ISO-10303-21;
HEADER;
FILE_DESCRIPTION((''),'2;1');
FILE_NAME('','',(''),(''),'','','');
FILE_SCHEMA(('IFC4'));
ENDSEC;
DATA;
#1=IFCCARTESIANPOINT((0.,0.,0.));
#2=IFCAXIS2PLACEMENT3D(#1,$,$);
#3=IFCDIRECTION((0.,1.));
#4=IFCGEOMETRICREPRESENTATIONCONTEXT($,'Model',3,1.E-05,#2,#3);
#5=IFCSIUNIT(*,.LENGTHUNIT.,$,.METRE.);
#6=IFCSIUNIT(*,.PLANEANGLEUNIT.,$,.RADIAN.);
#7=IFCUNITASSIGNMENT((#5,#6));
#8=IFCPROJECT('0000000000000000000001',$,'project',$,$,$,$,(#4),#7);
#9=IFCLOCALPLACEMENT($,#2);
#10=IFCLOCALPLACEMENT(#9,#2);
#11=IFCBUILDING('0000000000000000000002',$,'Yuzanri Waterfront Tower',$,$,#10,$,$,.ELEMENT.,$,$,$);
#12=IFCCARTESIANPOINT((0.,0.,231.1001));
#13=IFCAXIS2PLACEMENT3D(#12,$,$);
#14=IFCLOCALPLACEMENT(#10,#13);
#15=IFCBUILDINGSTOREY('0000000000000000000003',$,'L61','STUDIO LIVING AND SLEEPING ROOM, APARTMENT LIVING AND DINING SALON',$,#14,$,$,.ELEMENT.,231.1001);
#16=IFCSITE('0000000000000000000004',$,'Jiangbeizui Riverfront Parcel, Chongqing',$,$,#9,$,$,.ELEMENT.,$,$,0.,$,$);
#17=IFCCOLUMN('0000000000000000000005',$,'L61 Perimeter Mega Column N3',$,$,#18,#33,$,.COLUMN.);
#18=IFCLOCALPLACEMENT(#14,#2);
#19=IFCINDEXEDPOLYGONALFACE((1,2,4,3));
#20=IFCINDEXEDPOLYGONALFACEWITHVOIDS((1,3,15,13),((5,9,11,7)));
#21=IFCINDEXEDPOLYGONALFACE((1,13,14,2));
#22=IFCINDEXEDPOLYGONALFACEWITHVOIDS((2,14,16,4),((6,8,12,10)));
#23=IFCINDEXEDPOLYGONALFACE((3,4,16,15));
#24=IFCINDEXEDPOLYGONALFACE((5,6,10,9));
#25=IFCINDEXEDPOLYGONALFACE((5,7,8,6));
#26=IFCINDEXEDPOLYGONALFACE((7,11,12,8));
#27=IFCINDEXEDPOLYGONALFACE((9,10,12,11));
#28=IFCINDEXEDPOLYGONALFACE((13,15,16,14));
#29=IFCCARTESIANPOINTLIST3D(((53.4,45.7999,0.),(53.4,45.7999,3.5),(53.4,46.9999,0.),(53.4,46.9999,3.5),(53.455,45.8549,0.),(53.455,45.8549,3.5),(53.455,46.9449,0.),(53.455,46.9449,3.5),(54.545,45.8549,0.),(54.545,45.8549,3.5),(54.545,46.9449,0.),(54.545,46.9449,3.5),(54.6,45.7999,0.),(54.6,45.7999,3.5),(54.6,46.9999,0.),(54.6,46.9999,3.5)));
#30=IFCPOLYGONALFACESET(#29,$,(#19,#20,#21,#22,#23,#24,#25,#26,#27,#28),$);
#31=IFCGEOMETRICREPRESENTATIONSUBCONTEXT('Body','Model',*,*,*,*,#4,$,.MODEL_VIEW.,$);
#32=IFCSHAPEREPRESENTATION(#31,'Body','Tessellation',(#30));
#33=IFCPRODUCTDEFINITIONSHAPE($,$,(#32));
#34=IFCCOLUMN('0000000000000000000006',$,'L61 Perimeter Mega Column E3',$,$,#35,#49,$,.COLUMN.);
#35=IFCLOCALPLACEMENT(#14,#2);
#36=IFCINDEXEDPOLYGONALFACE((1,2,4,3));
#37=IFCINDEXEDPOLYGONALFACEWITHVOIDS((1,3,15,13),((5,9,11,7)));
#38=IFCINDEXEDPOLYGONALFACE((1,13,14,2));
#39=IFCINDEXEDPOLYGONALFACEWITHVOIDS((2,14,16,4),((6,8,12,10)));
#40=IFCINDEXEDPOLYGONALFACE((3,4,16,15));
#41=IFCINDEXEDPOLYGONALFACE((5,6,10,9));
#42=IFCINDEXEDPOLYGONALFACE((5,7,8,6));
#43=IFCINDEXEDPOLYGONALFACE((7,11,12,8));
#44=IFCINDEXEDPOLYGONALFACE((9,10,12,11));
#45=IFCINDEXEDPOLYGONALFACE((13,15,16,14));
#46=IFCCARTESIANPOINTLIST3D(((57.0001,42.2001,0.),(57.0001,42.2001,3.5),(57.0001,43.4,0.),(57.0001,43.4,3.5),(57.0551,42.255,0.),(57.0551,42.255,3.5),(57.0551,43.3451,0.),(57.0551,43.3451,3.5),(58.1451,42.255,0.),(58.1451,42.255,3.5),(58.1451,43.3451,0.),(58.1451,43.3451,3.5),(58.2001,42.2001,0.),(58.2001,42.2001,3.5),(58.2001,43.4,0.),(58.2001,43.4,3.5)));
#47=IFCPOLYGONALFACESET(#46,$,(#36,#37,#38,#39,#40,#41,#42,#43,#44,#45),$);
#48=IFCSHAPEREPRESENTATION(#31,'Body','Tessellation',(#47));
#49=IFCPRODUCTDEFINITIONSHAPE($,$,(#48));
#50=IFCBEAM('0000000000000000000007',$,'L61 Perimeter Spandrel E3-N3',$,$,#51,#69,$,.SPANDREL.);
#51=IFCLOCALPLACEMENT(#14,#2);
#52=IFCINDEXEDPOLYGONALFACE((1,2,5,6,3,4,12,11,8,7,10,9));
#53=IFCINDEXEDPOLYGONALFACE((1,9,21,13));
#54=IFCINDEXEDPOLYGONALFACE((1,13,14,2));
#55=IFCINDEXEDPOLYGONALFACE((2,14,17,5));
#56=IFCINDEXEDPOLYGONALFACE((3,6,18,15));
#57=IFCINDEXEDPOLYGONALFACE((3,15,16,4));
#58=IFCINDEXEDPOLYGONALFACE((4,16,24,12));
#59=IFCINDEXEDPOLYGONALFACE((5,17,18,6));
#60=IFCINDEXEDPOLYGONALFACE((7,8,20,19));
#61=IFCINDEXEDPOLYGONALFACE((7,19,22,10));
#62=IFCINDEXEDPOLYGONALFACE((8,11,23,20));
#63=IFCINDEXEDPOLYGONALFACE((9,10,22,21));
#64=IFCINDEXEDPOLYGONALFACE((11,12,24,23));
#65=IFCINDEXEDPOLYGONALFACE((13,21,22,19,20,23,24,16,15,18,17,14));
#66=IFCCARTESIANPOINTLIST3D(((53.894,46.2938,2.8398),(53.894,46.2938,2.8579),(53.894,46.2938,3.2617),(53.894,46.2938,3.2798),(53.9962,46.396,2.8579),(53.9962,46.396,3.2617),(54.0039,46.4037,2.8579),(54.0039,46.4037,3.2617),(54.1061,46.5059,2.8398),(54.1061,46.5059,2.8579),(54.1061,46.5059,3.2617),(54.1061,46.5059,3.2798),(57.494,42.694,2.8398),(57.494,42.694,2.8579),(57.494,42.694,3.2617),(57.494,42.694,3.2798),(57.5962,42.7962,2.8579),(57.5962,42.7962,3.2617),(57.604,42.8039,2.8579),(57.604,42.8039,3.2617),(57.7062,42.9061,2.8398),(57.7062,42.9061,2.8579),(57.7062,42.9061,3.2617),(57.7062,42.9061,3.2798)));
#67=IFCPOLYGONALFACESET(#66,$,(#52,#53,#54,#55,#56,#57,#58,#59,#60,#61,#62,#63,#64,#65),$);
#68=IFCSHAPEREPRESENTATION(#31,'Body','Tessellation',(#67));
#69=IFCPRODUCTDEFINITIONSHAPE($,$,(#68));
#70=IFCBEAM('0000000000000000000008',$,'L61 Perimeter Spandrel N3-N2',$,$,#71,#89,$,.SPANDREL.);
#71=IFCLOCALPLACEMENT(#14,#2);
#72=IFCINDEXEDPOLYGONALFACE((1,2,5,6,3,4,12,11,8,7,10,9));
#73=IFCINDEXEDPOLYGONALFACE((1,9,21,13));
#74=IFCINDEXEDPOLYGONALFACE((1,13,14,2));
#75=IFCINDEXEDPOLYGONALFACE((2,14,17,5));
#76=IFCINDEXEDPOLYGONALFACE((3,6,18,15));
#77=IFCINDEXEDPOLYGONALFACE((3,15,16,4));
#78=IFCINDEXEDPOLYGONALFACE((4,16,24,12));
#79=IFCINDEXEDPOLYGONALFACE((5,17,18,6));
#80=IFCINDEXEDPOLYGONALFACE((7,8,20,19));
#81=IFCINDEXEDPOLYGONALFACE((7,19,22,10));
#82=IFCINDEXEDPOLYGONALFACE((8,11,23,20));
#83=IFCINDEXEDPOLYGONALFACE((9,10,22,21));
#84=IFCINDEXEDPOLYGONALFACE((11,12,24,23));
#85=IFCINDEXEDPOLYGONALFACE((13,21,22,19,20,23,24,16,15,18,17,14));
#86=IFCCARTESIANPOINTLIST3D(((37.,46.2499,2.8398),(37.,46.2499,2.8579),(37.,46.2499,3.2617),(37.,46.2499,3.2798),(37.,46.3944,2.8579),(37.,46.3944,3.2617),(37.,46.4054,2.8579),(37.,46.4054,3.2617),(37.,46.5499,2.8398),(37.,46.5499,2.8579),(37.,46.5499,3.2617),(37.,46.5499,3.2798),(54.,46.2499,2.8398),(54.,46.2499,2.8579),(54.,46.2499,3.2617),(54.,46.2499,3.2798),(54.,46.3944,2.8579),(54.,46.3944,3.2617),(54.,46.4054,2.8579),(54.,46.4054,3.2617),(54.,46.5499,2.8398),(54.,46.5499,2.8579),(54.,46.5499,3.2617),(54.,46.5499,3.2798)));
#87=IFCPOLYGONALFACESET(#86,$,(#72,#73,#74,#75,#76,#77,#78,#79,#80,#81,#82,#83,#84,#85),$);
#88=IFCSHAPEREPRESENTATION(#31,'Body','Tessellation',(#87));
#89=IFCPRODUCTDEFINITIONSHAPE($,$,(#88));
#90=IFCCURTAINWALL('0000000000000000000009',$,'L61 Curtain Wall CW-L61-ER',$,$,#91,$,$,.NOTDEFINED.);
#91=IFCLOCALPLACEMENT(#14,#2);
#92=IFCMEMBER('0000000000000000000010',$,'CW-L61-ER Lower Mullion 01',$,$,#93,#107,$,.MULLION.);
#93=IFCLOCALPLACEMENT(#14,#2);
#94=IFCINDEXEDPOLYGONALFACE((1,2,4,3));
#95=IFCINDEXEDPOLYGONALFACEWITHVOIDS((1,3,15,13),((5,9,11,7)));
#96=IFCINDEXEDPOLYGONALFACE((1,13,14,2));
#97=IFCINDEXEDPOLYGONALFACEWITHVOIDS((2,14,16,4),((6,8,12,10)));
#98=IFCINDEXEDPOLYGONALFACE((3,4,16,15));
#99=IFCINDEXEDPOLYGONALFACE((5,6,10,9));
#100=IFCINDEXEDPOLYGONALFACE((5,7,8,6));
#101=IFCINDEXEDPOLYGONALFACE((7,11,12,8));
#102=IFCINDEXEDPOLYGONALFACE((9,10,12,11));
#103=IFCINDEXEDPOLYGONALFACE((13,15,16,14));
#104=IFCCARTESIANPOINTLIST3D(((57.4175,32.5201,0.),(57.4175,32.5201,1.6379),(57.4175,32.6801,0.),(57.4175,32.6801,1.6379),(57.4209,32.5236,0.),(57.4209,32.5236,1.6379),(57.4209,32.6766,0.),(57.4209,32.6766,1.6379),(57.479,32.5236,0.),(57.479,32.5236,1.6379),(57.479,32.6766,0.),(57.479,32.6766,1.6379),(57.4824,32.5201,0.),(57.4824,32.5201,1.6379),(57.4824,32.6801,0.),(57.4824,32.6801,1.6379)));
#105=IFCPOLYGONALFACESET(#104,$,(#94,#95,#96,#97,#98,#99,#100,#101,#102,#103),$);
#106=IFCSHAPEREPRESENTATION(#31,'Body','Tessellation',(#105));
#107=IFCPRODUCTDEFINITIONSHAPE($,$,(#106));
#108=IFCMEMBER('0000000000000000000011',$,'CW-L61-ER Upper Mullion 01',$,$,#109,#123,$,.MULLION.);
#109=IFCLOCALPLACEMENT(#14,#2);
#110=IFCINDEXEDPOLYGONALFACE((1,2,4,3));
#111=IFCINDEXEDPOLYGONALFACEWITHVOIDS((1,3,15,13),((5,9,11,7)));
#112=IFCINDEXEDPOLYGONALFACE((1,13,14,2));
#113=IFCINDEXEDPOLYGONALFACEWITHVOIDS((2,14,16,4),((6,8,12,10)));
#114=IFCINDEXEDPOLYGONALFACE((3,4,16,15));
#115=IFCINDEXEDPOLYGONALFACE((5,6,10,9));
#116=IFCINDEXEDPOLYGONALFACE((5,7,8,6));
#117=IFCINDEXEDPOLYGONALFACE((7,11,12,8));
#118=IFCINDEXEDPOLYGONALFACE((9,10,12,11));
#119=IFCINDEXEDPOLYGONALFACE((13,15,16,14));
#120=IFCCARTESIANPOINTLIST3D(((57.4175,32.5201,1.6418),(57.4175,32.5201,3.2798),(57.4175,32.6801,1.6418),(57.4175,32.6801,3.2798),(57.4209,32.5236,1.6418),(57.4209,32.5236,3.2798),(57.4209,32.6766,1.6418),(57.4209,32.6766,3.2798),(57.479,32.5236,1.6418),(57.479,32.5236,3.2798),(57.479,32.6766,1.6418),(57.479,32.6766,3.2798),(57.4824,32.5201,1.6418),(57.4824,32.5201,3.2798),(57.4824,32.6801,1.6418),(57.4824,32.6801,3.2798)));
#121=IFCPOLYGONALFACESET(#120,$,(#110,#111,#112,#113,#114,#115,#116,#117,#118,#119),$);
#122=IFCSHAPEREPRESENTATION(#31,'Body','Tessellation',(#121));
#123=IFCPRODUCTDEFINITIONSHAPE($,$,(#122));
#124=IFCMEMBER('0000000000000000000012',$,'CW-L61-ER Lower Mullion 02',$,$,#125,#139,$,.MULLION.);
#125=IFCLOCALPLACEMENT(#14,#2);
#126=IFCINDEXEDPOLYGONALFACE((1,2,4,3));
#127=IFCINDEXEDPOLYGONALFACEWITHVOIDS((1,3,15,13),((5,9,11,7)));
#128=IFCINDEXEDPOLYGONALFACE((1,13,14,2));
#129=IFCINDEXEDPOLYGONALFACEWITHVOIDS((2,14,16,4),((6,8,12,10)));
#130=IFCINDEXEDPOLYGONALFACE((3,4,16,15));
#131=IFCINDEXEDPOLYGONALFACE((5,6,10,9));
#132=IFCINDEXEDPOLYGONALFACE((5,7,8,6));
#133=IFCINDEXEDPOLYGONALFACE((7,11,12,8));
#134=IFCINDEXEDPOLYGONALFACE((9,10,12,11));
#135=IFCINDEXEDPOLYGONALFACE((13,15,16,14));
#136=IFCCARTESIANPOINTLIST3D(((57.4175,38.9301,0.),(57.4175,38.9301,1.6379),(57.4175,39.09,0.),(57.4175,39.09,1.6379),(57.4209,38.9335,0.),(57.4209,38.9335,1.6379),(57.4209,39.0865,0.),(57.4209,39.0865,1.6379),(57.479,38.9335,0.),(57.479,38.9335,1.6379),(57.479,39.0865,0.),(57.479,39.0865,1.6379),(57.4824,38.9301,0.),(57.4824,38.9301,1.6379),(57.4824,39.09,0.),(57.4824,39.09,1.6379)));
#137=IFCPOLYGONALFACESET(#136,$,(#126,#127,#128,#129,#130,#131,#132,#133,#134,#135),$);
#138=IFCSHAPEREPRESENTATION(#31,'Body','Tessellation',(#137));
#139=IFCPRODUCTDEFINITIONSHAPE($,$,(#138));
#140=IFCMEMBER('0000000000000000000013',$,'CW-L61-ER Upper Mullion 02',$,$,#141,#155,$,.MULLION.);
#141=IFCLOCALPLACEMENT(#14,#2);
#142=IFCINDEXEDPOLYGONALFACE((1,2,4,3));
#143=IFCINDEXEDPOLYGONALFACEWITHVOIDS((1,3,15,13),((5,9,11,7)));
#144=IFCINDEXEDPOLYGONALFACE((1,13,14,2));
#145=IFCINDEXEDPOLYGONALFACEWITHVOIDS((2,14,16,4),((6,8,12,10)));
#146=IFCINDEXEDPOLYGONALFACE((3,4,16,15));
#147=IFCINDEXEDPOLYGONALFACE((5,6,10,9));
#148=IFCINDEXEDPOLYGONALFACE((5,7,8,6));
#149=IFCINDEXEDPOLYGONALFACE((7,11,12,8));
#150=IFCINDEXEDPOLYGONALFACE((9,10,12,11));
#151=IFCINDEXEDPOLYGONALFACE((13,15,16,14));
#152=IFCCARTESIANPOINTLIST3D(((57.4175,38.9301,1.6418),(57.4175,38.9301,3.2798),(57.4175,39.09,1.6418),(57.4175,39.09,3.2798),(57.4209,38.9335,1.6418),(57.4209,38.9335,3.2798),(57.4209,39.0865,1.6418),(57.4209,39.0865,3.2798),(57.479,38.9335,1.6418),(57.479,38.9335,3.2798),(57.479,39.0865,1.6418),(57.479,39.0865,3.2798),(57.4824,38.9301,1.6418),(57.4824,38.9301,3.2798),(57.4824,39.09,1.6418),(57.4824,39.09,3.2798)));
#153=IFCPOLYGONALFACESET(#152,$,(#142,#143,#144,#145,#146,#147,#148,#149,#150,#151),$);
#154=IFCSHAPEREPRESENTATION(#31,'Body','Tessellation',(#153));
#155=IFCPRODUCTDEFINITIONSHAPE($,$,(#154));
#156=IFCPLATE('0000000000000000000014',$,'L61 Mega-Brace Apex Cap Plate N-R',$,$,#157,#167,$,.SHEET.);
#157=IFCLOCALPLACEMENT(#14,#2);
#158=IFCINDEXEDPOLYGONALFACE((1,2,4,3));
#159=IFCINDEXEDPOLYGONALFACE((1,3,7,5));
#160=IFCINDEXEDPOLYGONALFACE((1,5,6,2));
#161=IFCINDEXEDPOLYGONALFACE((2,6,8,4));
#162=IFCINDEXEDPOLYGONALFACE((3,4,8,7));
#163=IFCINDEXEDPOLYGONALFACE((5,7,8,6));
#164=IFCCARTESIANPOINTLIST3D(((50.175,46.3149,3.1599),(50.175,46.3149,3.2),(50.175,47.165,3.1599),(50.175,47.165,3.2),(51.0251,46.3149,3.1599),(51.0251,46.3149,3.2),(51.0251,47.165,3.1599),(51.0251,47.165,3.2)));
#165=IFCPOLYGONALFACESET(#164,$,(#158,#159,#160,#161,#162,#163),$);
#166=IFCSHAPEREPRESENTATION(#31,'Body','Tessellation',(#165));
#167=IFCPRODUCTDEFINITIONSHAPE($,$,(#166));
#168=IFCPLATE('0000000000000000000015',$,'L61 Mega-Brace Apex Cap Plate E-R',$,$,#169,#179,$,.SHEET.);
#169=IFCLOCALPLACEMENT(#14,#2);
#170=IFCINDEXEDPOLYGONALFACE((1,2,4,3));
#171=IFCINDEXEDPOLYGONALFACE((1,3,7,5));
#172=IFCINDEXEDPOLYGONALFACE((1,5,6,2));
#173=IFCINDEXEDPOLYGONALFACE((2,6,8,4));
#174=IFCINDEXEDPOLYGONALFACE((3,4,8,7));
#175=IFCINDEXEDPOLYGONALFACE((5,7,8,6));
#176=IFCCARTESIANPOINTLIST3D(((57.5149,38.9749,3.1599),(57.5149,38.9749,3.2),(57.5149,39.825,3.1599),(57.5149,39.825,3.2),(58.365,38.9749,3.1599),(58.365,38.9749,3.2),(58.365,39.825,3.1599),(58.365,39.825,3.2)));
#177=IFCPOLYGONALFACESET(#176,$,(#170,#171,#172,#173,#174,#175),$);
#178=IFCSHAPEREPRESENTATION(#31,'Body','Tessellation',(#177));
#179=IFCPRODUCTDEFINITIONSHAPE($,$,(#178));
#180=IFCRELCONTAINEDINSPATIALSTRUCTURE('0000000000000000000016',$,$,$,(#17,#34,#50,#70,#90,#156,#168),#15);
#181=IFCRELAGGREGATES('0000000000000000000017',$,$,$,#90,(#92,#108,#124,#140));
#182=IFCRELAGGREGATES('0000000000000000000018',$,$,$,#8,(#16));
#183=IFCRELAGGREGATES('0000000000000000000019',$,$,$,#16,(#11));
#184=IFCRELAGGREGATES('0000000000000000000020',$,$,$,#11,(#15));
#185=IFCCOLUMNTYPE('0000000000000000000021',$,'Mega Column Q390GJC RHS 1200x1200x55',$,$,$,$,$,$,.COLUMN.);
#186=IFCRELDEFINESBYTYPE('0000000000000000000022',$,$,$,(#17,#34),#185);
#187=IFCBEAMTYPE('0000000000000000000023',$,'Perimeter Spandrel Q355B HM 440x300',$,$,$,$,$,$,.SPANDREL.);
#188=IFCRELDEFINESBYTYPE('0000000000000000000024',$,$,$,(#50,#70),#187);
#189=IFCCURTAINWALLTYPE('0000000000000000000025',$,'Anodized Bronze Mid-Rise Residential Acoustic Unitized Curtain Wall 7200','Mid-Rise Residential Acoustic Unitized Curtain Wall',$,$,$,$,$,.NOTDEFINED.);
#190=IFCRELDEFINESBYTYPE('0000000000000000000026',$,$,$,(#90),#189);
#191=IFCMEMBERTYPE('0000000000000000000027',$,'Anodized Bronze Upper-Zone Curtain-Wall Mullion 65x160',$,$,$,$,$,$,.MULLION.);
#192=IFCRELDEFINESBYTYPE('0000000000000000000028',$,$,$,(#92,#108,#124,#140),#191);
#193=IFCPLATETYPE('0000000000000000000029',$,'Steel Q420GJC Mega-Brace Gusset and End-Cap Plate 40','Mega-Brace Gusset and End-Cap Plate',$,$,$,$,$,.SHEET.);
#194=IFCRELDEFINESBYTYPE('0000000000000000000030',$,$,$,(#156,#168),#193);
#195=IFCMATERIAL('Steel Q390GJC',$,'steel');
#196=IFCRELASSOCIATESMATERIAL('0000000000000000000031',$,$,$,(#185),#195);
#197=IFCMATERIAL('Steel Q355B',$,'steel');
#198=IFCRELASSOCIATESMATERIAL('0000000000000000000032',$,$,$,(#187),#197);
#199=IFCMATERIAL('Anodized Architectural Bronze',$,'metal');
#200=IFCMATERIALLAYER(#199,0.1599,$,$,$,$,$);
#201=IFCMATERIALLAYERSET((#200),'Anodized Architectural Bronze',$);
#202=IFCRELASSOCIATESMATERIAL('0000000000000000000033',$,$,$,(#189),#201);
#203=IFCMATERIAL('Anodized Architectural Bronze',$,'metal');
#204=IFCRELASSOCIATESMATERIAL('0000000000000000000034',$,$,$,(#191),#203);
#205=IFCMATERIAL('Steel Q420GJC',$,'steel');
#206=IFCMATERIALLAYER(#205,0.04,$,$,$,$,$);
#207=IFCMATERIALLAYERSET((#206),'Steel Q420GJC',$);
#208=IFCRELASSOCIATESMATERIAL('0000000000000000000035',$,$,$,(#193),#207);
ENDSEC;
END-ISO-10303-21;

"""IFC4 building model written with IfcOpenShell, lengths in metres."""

from ifc_helpers import new_model, si_unit, direction, frame, origin, origin_2d, place, context, subcontext, project, spatial, rectangle, hollow_rectangle, i_section, extrude, source, transform, mapped, material, layer, layer_set, material_profile, profile_set, type_object, element, aggregate, save


model = new_model("IFC4")

# Units and contexts
model_context = context("Model", 3, precision=1e-05, world=origin(), true_north=direction((0.0, 1.0)))
body_context = subcontext(model_context, "Body", "Model", "MODEL_VIEW")
ifc_project = project(units=[si_unit("LENGTHUNIT", "METRE"), si_unit("PLANEANGLEUNIT", "RADIAN")], contexts=[model_context])

# Site, building, storey
site_placement = place(None, origin())
site = spatial("IfcSite", under=ifc_project, at=site_placement, Name="Jiangbeizui Riverfront Parcel, Chongqing", CompositionType="ELEMENT", RefElevation=0.0)
building_placement = place(site_placement, origin())
building = spatial("IfcBuilding", under=site, at=building_placement, Name="Yuzanri Waterfront Tower", CompositionType="ELEMENT")
storey_placement = place(building_placement, frame((0.0, 0.0, 231.1001)))
storey = spatial("IfcBuildingStorey", under=building, at=storey_placement, Name="L61", Description="STUDIO LIVING AND SLEEPING ROOM, APARTMENT LIVING AND DINING SALON", CompositionType="ELEMENT", Elevation=231.1001)

# Columns
ifc_material_1 = material(Name="Steel Q390GJC", Category="steel")
ifc_material_profile_1 = material_profile(ifc_material_1, hollow_rectangle(XDim=1.2, YDim=1.2, WallThickness=0.0549, at=origin_2d()), Name="RHS 1200x1200x55")
ifc_profile_set_1 = profile_set([ifc_material_profile_1], Name="Steel Q390GJC")
column_type = type_object("IfcColumnType", Name="Mega Column Q390GJC RHS 1200x1200x55", PredefinedType="COLUMN", material=ifc_profile_set_1)
shared_shape_1 = source(origin(), body_context, "Body", "SweptSolid", [
    extrude(hollow_rectangle(XDim=1.2, YDim=1.2, WallThickness=0.0549, at=origin_2d()), origin(), (0.0, 0.0, 1.0), 3.5),
])
for number, where, z_axis, x_axis, name in (
    (1, (54.0, 46.3999, 0.0), (0.0, 0.0, 1.0), (1.0, 0.0, 0.0), "L61 Perimeter Mega Column N3"),
    (2, (57.6001, 42.8, 0.0), (0.0, 0.0, 1.0), (1.0, 0.0, 0.0), "L61 Perimeter Mega Column E3"),
):
    element("IfcColumn", number, at=place(storey_placement, frame(where, z_axis=z_axis, x_axis=x_axis)), inside=storey, type_object=column_type, Name=name, PredefinedType="COLUMN", context=body_context, shape_type="MappedRepresentation", body=[
        mapped(shared_shape_1, transform((0.0, 0.0, 0.0), scale=1.0)),
    ])

# Beams
ifc_material_2 = material(Name="Steel Q355B", Category="steel")
ifc_material_profile_2 = material_profile(ifc_material_2, i_section(OverallWidth=0.3, OverallDepth=0.4399, WebThickness=0.011, FlangeThickness=0.0181, at=origin_2d()), Name="HM 440x300x11x18")
ifc_profile_set_2 = profile_set([ifc_material_profile_2], Name="Steel Q355B")
beam_type = type_object("IfcBeamType", Name="Perimeter Spandrel Q355B HM 440x300", PredefinedType="SPANDREL", material=ifc_profile_set_2)
shared_shape_2 = source(origin(), body_context, "Body", "SweptSolid", [
    extrude(i_section(OverallWidth=0.3, OverallDepth=0.4399, WebThickness=0.011, FlangeThickness=0.0181, at=origin_2d()), origin(), (0.0, 0.0, 1.0), 5.0911),
])
beam_1_placement = place(storey_placement, frame((57.6001, 42.8, 3.0598), z_axis=(-0.707131, 0.707083, 0.0), x_axis=(-0.707083, -0.707131, 0.0)))
element("IfcBeam", 3, at=beam_1_placement, inside=storey, type_object=beam_type, Name="L61 Perimeter Spandrel E3-N3", PredefinedType="SPANDREL", context=body_context, shape_type="MappedRepresentation", body=[
    mapped(shared_shape_2, transform((0.0, 0.0, 0.0), scale=1.0)),
])
shared_shape_3 = source(origin(), body_context, "Body", "SweptSolid", [
    extrude(i_section(OverallWidth=0.3, OverallDepth=0.4399, WebThickness=0.011, FlangeThickness=0.0181, at=origin_2d()), origin(), (0.0, 0.0, 1.0), 17.0),
])
beam_2_placement = place(storey_placement, frame((54.0, 46.3999, 3.0598), z_axis=(-1.0, 0.0, 0.0), x_axis=(0.0, -1.0, 0.0)))
element("IfcBeam", 4, at=beam_2_placement, inside=storey, type_object=beam_type, Name="L61 Perimeter Spandrel N3-N2", PredefinedType="SPANDREL", context=body_context, shape_type="MappedRepresentation", body=[
    mapped(shared_shape_3, transform((0.0, 0.0, 0.0), scale=1.0)),
])

# Curtain wall, members
ifc_material_3 = material(Name="Anodized Architectural Bronze", Category="metal")
ifc_layer_1 = layer(ifc_material_3, 0.1599)
ifc_layer_set_1 = layer_set([ifc_layer_1], Name="Anodized Architectural Bronze")
curtain_wall_type = type_object("IfcCurtainWallType", Name="Anodized Bronze Mid-Rise Residential Acoustic Unitized Curtain Wall 7200", Description="Mid-Rise Residential Acoustic Unitized Curtain Wall", PredefinedType="NOTDEFINED", material=ifc_layer_set_1)
curtain_wall_placement = place(storey_placement, origin())
curtain_wall = element("IfcCurtainWall", 5, at=curtain_wall_placement, inside=storey, type_object=curtain_wall_type, Name="L61 Curtain Wall CW-L61-ER", PredefinedType="NOTDEFINED")
ifc_material_4 = material(Name="Anodized Architectural Bronze", Category="metal")
ifc_material_profile_3 = material_profile(ifc_material_4, hollow_rectangle(XDim=0.0649, YDim=0.1599, WallThickness=0.0034, at=origin_2d()), Name="CWM 65x160")
ifc_profile_set_3 = profile_set([ifc_material_profile_3], Name="Anodized Architectural Bronze")
member_type = type_object("IfcMemberType", Name="Anodized Bronze Upper-Zone Curtain-Wall Mullion 65x160", PredefinedType="MULLION", material=ifc_profile_set_3)
shared_shape_4 = source(origin(), body_context, "Body", "SweptSolid", [
    extrude(hollow_rectangle(XDim=0.0649, YDim=0.1599, WallThickness=0.0034, at=origin_2d()), origin(), (0.0, 0.0, 1.0), 1.6379),
])
member_1_placement = place(storey_placement, frame((57.45, 32.6001, 0.0), z_axis=(0.0, 0.0, 1.0), x_axis=(1.0, 0.0, 0.0)))
member_1 = element("IfcMember", 6, at=member_1_placement, type_object=member_type, Name="CW-L61-ER Lower Mullion 01", PredefinedType="MULLION", context=body_context, shape_type="MappedRepresentation", body=[
    mapped(shared_shape_4, transform((0.0, 0.0, 0.0), scale=1.0)),
])
member_2_placement = place(storey_placement, frame((57.45, 32.6001, 1.6418), z_axis=(0.0, 0.0, 1.0), x_axis=(1.0, 0.0, 0.0)))
member_2 = element("IfcMember", 7, at=member_2_placement, type_object=member_type, Name="CW-L61-ER Upper Mullion 01", PredefinedType="MULLION", context=body_context, shape_type="MappedRepresentation", body=[
    mapped(shared_shape_4, transform((0.0, 0.0, 0.0), scale=1.0)),
])
member_3_placement = place(storey_placement, frame((57.45, 39.01, 0.0), z_axis=(0.0, 0.0, 1.0), x_axis=(1.0, 0.0, 0.0)))
member_3 = element("IfcMember", 8, at=member_3_placement, type_object=member_type, Name="CW-L61-ER Lower Mullion 02", PredefinedType="MULLION", context=body_context, shape_type="MappedRepresentation", body=[
    mapped(shared_shape_4, transform((0.0, 0.0, 0.0), scale=1.0)),
])
member_4_placement = place(storey_placement, frame((57.45, 39.01, 1.6418), z_axis=(0.0, 0.0, 1.0), x_axis=(1.0, 0.0, 0.0)))
member_4 = element("IfcMember", 9, at=member_4_placement, type_object=member_type, Name="CW-L61-ER Upper Mullion 02", PredefinedType="MULLION", context=body_context, shape_type="MappedRepresentation", body=[
    mapped(shared_shape_4, transform((0.0, 0.0, 0.0), scale=1.0)),
])

# Plates
ifc_material_5 = material(Name="Steel Q420GJC", Category="steel")
ifc_layer_2 = layer(ifc_material_5, 0.04)
ifc_layer_set_2 = layer_set([ifc_layer_2], Name="Steel Q420GJC")
plate_type_1 = type_object("IfcPlateType", Name="Steel Q420GJC Mega-Brace Gusset and End-Cap Plate 40", Description="Mega-Brace Gusset and End-Cap Plate", PredefinedType="SHEET", material=ifc_layer_set_2)
shared_shape_5 = source(origin(), body_context, "Body", "SweptSolid", [
    extrude(rectangle(XDim=0.8501, YDim=0.8501, at=origin_2d()), origin(), (0.0, 0.0, 1.0), 0.04),
])
for number, where, z_axis, x_axis, name in (
    (10, (50.6001, 46.74, 3.1599), (0.0, 0.0, 1.0), (1.0, 0.0, 0.0), "L61 Mega-Brace Apex Cap Plate N-R"),
    (11, (57.9399, 39.3999, 3.1599), (0.0, 0.0, 1.0), (1.0, 0.0, 0.0), "L61 Mega-Brace Apex Cap Plate E-R"),
):
    element("IfcPlate", number, at=place(storey_placement, frame(where, z_axis=z_axis, x_axis=x_axis)), inside=storey, type_object=plate_type_1, Name=name, PredefinedType="SHEET", context=body_context, shape_type="MappedRepresentation", body=[
        mapped(shared_shape_5, transform((0.0, 0.0, 0.0), scale=1.0)),
    ])

aggregate(curtain_wall, [member_1, member_2, member_3, member_4])

save(model, "model.ifc")
